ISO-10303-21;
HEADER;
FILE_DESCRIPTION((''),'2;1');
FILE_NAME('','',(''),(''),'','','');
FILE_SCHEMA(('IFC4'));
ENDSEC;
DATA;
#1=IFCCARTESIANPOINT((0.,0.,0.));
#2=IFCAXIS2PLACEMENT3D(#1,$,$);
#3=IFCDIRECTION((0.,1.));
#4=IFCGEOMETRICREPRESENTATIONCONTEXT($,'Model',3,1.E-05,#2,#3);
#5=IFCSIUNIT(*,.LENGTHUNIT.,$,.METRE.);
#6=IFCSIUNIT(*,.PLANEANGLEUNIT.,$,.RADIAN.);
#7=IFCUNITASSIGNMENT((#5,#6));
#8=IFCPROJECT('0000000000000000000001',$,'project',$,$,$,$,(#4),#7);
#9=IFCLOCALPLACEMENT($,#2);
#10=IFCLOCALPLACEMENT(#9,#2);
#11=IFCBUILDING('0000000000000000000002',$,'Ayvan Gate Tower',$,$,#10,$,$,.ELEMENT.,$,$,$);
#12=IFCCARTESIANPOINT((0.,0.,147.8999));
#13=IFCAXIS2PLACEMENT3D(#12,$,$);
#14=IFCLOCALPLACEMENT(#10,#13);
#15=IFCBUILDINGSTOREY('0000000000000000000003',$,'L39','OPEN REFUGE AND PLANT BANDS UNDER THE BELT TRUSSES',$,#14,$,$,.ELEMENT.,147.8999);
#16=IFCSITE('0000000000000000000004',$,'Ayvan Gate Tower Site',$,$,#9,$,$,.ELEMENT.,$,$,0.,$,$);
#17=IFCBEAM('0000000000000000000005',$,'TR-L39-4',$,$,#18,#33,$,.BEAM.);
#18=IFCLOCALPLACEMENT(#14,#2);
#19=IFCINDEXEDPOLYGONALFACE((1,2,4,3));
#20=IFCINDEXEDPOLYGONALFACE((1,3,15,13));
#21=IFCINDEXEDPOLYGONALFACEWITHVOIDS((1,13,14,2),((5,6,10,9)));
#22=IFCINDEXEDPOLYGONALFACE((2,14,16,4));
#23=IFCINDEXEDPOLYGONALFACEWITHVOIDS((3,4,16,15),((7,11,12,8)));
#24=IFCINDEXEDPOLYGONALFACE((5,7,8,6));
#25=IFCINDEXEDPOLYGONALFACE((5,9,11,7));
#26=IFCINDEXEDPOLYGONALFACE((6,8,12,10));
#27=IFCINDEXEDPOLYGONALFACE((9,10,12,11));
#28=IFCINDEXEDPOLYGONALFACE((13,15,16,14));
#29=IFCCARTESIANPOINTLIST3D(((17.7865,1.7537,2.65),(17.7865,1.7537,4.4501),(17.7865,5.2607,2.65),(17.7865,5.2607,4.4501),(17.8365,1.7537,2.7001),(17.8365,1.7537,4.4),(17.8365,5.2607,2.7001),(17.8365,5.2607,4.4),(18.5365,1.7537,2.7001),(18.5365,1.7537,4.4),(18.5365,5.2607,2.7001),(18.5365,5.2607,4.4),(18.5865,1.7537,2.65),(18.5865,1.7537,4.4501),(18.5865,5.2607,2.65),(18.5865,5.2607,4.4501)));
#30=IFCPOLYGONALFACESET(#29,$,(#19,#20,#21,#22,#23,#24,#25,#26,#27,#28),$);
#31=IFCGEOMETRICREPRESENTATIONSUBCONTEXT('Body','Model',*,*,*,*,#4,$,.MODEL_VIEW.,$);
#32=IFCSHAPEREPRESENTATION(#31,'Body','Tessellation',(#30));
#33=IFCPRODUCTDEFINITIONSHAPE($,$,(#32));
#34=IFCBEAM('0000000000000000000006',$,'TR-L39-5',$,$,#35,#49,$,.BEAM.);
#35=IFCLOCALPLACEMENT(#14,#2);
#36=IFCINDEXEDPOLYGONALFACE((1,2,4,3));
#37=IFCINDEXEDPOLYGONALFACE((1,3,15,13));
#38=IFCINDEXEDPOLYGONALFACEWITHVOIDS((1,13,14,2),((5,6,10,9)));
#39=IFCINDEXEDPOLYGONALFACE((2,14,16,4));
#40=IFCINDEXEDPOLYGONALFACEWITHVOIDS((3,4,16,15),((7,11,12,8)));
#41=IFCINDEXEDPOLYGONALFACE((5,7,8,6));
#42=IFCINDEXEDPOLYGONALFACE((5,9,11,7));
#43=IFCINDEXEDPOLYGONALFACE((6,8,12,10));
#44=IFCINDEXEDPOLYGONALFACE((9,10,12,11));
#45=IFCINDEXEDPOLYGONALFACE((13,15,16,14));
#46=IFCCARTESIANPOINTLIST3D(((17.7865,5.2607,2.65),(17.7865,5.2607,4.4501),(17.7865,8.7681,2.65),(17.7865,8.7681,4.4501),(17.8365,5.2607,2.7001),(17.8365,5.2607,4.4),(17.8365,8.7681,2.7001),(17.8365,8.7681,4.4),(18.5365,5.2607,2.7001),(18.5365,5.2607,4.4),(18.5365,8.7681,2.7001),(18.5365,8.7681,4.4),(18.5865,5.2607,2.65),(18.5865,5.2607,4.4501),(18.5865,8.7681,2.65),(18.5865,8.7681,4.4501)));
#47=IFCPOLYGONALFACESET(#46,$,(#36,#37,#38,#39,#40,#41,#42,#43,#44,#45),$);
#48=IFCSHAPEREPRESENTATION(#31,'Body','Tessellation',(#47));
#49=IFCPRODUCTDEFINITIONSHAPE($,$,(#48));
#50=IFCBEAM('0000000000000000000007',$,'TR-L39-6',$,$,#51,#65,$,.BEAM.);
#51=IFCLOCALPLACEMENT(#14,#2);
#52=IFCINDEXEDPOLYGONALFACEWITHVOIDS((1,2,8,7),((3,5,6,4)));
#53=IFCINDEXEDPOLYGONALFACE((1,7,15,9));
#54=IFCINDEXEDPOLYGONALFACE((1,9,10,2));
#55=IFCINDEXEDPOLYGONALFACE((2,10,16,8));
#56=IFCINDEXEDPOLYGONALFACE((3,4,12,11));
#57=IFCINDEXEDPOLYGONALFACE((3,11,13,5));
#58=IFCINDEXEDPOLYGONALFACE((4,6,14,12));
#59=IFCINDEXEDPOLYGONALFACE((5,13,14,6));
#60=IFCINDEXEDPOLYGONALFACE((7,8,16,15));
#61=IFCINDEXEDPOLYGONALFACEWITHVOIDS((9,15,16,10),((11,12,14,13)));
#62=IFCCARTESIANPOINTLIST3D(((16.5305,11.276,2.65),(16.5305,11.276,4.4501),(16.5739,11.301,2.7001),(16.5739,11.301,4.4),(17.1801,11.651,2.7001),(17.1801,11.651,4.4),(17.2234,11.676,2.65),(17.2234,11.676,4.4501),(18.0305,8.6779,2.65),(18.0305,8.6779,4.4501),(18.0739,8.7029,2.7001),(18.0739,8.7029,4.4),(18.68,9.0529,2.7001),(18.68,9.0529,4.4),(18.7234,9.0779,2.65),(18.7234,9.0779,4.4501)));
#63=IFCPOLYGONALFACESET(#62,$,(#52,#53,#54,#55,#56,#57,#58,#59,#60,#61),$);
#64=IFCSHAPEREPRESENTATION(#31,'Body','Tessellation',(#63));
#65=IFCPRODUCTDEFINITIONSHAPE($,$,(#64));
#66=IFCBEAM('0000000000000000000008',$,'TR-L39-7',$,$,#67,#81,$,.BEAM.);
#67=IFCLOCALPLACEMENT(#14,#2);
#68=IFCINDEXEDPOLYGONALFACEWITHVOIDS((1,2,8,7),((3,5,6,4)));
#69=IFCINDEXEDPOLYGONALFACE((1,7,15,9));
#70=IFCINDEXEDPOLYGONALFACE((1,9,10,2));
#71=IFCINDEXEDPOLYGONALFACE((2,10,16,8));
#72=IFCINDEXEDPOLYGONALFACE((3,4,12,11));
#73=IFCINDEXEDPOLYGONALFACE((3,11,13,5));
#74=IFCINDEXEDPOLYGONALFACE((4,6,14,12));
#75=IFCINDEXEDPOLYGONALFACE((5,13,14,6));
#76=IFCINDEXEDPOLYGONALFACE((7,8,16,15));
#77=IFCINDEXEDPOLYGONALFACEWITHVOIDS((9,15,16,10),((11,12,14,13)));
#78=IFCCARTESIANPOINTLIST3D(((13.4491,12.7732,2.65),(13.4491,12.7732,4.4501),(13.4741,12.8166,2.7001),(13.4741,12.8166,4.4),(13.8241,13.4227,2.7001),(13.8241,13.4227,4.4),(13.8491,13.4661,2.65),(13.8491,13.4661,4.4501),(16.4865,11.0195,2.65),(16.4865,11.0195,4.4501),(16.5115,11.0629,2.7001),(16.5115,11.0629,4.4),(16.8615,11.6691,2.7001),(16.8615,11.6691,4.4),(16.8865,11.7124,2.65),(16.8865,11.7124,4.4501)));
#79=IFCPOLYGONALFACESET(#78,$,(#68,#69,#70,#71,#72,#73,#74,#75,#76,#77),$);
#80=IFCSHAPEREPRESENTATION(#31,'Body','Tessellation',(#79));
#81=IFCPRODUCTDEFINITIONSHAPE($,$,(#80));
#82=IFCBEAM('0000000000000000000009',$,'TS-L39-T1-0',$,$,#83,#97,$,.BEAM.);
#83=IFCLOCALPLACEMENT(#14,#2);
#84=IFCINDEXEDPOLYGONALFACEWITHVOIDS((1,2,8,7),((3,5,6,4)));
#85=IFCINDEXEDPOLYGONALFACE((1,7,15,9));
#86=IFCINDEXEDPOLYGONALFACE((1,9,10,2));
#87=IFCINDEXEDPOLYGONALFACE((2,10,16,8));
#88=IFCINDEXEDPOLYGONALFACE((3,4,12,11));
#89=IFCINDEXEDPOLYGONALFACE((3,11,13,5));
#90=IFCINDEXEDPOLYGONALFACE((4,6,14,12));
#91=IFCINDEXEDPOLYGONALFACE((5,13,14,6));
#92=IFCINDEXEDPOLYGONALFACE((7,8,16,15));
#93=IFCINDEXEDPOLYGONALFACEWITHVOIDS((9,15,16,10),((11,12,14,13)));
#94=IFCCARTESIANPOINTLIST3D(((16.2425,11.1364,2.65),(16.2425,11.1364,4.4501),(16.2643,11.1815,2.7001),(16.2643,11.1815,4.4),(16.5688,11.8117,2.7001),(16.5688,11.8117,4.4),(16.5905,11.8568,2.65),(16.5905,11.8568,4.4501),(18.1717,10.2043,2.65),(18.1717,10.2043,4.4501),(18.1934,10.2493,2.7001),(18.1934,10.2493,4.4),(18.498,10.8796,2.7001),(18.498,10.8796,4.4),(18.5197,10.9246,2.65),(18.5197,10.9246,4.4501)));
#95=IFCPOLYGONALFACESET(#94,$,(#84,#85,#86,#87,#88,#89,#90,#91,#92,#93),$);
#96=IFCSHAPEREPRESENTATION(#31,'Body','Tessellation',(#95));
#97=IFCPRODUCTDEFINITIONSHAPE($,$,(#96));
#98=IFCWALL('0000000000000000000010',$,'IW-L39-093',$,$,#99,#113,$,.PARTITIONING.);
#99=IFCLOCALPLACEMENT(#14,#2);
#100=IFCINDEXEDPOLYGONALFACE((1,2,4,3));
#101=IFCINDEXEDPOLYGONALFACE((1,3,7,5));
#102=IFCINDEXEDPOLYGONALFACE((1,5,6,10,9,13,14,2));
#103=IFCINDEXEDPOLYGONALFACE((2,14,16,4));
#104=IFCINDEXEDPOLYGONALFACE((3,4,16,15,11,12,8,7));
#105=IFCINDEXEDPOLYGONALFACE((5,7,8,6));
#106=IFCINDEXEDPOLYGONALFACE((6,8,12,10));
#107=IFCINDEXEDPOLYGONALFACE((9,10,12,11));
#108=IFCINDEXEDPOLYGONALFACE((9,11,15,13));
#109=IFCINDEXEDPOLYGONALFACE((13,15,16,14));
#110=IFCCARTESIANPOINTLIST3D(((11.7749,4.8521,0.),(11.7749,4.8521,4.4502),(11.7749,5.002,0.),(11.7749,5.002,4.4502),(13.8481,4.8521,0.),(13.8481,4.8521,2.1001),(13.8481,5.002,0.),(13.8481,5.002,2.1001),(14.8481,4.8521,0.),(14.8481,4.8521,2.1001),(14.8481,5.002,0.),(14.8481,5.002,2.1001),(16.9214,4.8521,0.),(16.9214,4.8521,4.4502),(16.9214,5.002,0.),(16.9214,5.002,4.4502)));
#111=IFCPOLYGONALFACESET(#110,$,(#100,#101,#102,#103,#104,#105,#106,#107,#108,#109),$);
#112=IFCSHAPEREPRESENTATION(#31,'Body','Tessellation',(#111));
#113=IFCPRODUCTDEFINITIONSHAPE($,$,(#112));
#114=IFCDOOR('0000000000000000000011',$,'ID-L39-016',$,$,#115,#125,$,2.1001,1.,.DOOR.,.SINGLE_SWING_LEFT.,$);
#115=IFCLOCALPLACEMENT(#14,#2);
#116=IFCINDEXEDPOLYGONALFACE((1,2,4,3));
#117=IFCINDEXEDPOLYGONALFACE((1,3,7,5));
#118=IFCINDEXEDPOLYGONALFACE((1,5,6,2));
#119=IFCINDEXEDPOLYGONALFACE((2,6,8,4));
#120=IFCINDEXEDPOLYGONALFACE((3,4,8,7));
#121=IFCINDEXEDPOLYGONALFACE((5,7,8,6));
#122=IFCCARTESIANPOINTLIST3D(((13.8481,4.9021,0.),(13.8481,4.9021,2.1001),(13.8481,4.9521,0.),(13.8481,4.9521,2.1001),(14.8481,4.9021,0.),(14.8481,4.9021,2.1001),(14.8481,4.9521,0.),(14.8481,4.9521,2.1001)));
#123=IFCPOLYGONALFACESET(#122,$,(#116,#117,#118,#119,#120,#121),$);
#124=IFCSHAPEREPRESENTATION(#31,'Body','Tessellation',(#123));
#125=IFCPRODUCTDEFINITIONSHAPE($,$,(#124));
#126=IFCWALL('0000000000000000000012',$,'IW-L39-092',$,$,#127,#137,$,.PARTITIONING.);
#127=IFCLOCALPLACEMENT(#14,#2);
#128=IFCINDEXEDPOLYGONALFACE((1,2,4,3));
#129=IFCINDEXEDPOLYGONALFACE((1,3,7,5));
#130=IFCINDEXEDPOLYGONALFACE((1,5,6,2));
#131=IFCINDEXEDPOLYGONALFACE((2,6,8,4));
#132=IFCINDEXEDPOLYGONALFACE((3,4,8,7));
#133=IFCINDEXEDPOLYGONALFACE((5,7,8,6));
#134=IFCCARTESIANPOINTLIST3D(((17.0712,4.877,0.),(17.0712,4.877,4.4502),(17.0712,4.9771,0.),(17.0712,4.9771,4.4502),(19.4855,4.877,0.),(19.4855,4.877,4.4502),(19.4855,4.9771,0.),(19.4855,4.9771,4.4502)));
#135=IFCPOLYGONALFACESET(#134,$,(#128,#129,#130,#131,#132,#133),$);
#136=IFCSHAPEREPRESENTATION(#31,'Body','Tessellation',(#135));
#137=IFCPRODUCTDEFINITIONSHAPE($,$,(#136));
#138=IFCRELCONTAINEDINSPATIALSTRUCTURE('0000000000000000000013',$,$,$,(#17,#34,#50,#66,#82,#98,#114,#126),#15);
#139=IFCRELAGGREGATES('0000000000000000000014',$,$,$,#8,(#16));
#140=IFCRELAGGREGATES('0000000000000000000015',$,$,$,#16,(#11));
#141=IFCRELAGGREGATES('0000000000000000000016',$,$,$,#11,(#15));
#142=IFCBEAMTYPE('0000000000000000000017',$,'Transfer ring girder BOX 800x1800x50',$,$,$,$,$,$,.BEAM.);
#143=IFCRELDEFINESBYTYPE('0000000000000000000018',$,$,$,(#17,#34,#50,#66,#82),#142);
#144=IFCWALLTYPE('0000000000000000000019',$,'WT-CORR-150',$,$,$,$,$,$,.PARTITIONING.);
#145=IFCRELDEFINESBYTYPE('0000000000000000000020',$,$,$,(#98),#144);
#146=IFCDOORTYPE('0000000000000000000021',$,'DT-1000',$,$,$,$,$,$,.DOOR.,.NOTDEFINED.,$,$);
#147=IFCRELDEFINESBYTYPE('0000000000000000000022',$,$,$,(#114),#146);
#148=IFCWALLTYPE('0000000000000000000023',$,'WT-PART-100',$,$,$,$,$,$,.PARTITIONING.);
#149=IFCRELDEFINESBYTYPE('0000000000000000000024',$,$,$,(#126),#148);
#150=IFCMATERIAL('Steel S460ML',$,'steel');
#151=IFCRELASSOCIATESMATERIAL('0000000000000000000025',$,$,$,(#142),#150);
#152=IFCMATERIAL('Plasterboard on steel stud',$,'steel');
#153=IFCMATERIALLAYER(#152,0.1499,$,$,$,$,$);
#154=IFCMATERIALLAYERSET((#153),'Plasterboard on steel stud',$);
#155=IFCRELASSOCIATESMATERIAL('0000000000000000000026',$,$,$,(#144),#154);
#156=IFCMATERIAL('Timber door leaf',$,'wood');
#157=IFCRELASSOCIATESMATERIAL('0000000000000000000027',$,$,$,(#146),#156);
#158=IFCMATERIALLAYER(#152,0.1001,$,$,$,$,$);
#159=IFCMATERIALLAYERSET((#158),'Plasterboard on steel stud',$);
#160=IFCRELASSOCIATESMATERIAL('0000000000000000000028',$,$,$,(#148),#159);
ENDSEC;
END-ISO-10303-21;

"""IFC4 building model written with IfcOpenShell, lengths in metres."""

from ifc_helpers import new_model, si_unit, direction, frame, frame_2d, origin, origin_2d, place, context, subcontext, project, spatial, rectangle, hollow_rectangle, extrude, material, layer, layer_set, material_profile, profile_set, type_object, element, fill, save


model = new_model("IFC4")

# Units and contexts
model_context = context("Model", 3, precision=1e-05, world=origin(), true_north=direction((0.0, 1.0)))
body_context = subcontext(model_context, "Body", "Model", "MODEL_VIEW")
ifc_project = project(units=[si_unit("LENGTHUNIT", "METRE"), si_unit("PLANEANGLEUNIT", "RADIAN")], contexts=[model_context])

# Site, building, storey
site_placement = place(None, origin())
site = spatial("IfcSite", under=ifc_project, at=site_placement, Name="Ayvan Gate Tower Site", CompositionType="ELEMENT", RefElevation=0.0)
building_placement = place(site_placement, origin())
building = spatial("IfcBuilding", under=site, at=building_placement, Name="Ayvan Gate Tower", CompositionType="ELEMENT")
storey_placement = place(building_placement, frame((0.0, 0.0, 147.8999)))
storey = spatial("IfcBuildingStorey", under=building, at=storey_placement, Name="L39", Description="OPEN REFUGE AND PLANT BANDS UNDER THE BELT TRUSSES", CompositionType="ELEMENT", Elevation=147.8999)

# Shared definitions
ifc_material_1 = material(Name="Steel S460ML", Category="steel")

# Beams
ifc_material_profile_1 = material_profile(ifc_material_1, hollow_rectangle(XDim=0.8, YDim=1.8, WallThickness=0.05, at=origin_2d()), Name="BOX 800x1800x50")
ifc_profile_set_1 = profile_set([ifc_material_profile_1], Name="Steel S460ML")
beam_type_1 = type_object("IfcBeamType", Name="Transfer ring girder BOX 800x1800x50", PredefinedType="BEAM", material=ifc_profile_set_1)
beam_1_placement = place(storey_placement, frame((18.1865, 1.7537, 3.55), z_axis=(0.0, 1.0, 0.0), x_axis=(-1.0, 0.0, 0.0)))
element("IfcBeam", 1, at=beam_1_placement, inside=storey, type_object=beam_type_1, Name="TR-L39-4", PredefinedType="BEAM", context=body_context, shape_type="SweptSolid", body=[
    extrude(hollow_rectangle(XDim=0.8, YDim=1.8, WallThickness=0.05, at=origin_2d()), origin(), (0.0, 0.0, 1.0), 3.5071),
])
beam_2_placement = place(storey_placement, frame((18.1865, 5.2607, 3.55), z_axis=(0.0, 1.0, 0.0), x_axis=(-1.0, 0.0, 0.0)))
element("IfcBeam", 2, at=beam_2_placement, inside=storey, type_object=beam_type_1, Name="TR-L39-5", PredefinedType="BEAM", context=body_context, shape_type="SweptSolid", body=[
    extrude(hollow_rectangle(XDim=0.8, YDim=1.8, WallThickness=0.05, at=origin_2d()), origin(), (0.0, 0.0, 1.0), 3.5073),
])
beam_3_placement = place(storey_placement, frame((18.377, 8.8779, 3.55), z_axis=(-0.49999, 0.866031, 0.0), x_axis=(-0.866031, -0.49999, 0.0)))
element("IfcBeam", 3, at=beam_3_placement, inside=storey, type_object=beam_type_1, Name="TR-L39-6", PredefinedType="BEAM", context=body_context, shape_type="SweptSolid", body=[
    extrude(hollow_rectangle(XDim=0.8, YDim=1.8, WallThickness=0.05, at=origin_2d()), origin(), (0.0, 0.0, 1.0), 3.0),
])
beam_4_placement = place(storey_placement, frame((16.6865, 11.366, 3.55), z_axis=(-0.86602, 0.50001, 0.0), x_axis=(-0.50001, -0.86602, 0.0)))
element("IfcBeam", 4, at=beam_4_placement, inside=storey, type_object=beam_type_1, Name="TR-L39-7", PredefinedType="BEAM", context=body_context, shape_type="SweptSolid", body=[
    extrude(hollow_rectangle(XDim=0.8, YDim=1.8, WallThickness=0.05, at=origin_2d()), origin(), (0.0, 0.0, 1.0), 3.5073),
])
beam_5_placement = place(storey_placement, frame((18.3457, 10.5645, 3.55), z_axis=(-0.900407, 0.435049, 0.0), x_axis=(-0.435049, -0.900407, 0.0)))
element("IfcBeam", 5, at=beam_5_placement, inside=storey, type_object=beam_type_1, Name="TS-L39-T1-0", PredefinedType="BEAM", context=body_context, shape_type="SweptSolid", body=[
    extrude(hollow_rectangle(XDim=0.8, YDim=1.8, WallThickness=0.05, at=origin_2d()), origin(), (0.0, 0.0, 1.0), 2.1426),
])

# Wall, opening, door
ifc_material_2 = material(Name="Plasterboard on steel stud", Category="steel")
ifc_layer_1 = layer(ifc_material_2, 0.1499)
ifc_layer_set_1 = layer_set([ifc_layer_1], Name="Plasterboard on steel stud")
wall_type_1 = type_object("IfcWallType", Name="WT-CORR-150", PredefinedType="PARTITIONING", material=ifc_layer_set_1)
wall_1_placement = place(storey_placement, frame((16.9214, 4.927, 0.0), z_axis=(0.0, 0.0, 1.0), x_axis=(-1.0, 0.0, 0.0)))
wall_1 = element("IfcWall", 6, at=wall_1_placement, inside=storey, type_object=wall_type_1, Name="IW-L39-093", PredefinedType="PARTITIONING", context=body_context, shape_type="SweptSolid", body=[
    extrude(rectangle(XDim=5.1465, YDim=0.1499, at=frame_2d((2.5732, 0.0))), origin(), (0.0, 0.0, 1.0), 4.4502),
])
opening_placement = place(wall_1_placement, frame((2.0732, 0.0, 0.0)))
opening = element("IfcOpeningElement", 7, at=opening_placement, cuts=wall_1, PredefinedType="OPENING", context=body_context, shape_type="SweptSolid", body=[
    extrude(rectangle(XDim=1.0, YDim=2.1001, at=frame_2d((0.5, 1.05))), frame((0.0, 0.085, 0.0), z_axis=(0.0, -1.0, 0.0), x_axis=(1.0, 0.0, 0.0)), (0.0, 0.0, 1.0), 0.1699),
])
ifc_material_3 = material(Name="Timber door leaf", Category="wood")
door_type = type_object("IfcDoorType", Name="DT-1000", OperationType="NOTDEFINED", PredefinedType="DOOR", material=ifc_material_3)
door_placement = place(opening_placement, origin())
door = element("IfcDoor", 8, at=door_placement, inside=storey, type_object=door_type, Name="ID-L39-016", OperationType="SINGLE_SWING_LEFT", OverallHeight=2.1001, OverallWidth=1.0, PredefinedType="DOOR", context=body_context, shape_type="SweptSolid", body=[
    extrude(rectangle(XDim=1.0, YDim=2.1001, at=frame_2d((0.5, 1.05))), frame((0.0, 0.0249, 0.0), z_axis=(0.0, -1.0, 0.0), x_axis=(1.0, 0.0, 0.0)), (0.0, 0.0, 1.0), 0.05),
])
fill(opening, door)

# Wall
ifc_layer_2 = layer(ifc_material_2, 0.1001)
ifc_layer_set_2 = layer_set([ifc_layer_2], Name="Plasterboard on steel stud")
wall_type_2 = type_object("IfcWallType", Name="WT-PART-100", PredefinedType="PARTITIONING", material=ifc_layer_set_2)
wall_2_placement = place(storey_placement, frame((17.0713, 4.927, 0.0), z_axis=(0.0, 0.0, 1.0), x_axis=(1.0, 0.0, 0.0)))
element("IfcWall", 9, at=wall_2_placement, inside=storey, type_object=wall_type_2, Name="IW-L39-092", PredefinedType="PARTITIONING", context=body_context, shape_type="SweptSolid", body=[
    extrude(rectangle(XDim=2.4143, YDim=0.1001, at=frame_2d((1.207, 0.0))), origin(), (0.0, 0.0, 1.0), 4.4502),
])

save(model, "model.ifc")
